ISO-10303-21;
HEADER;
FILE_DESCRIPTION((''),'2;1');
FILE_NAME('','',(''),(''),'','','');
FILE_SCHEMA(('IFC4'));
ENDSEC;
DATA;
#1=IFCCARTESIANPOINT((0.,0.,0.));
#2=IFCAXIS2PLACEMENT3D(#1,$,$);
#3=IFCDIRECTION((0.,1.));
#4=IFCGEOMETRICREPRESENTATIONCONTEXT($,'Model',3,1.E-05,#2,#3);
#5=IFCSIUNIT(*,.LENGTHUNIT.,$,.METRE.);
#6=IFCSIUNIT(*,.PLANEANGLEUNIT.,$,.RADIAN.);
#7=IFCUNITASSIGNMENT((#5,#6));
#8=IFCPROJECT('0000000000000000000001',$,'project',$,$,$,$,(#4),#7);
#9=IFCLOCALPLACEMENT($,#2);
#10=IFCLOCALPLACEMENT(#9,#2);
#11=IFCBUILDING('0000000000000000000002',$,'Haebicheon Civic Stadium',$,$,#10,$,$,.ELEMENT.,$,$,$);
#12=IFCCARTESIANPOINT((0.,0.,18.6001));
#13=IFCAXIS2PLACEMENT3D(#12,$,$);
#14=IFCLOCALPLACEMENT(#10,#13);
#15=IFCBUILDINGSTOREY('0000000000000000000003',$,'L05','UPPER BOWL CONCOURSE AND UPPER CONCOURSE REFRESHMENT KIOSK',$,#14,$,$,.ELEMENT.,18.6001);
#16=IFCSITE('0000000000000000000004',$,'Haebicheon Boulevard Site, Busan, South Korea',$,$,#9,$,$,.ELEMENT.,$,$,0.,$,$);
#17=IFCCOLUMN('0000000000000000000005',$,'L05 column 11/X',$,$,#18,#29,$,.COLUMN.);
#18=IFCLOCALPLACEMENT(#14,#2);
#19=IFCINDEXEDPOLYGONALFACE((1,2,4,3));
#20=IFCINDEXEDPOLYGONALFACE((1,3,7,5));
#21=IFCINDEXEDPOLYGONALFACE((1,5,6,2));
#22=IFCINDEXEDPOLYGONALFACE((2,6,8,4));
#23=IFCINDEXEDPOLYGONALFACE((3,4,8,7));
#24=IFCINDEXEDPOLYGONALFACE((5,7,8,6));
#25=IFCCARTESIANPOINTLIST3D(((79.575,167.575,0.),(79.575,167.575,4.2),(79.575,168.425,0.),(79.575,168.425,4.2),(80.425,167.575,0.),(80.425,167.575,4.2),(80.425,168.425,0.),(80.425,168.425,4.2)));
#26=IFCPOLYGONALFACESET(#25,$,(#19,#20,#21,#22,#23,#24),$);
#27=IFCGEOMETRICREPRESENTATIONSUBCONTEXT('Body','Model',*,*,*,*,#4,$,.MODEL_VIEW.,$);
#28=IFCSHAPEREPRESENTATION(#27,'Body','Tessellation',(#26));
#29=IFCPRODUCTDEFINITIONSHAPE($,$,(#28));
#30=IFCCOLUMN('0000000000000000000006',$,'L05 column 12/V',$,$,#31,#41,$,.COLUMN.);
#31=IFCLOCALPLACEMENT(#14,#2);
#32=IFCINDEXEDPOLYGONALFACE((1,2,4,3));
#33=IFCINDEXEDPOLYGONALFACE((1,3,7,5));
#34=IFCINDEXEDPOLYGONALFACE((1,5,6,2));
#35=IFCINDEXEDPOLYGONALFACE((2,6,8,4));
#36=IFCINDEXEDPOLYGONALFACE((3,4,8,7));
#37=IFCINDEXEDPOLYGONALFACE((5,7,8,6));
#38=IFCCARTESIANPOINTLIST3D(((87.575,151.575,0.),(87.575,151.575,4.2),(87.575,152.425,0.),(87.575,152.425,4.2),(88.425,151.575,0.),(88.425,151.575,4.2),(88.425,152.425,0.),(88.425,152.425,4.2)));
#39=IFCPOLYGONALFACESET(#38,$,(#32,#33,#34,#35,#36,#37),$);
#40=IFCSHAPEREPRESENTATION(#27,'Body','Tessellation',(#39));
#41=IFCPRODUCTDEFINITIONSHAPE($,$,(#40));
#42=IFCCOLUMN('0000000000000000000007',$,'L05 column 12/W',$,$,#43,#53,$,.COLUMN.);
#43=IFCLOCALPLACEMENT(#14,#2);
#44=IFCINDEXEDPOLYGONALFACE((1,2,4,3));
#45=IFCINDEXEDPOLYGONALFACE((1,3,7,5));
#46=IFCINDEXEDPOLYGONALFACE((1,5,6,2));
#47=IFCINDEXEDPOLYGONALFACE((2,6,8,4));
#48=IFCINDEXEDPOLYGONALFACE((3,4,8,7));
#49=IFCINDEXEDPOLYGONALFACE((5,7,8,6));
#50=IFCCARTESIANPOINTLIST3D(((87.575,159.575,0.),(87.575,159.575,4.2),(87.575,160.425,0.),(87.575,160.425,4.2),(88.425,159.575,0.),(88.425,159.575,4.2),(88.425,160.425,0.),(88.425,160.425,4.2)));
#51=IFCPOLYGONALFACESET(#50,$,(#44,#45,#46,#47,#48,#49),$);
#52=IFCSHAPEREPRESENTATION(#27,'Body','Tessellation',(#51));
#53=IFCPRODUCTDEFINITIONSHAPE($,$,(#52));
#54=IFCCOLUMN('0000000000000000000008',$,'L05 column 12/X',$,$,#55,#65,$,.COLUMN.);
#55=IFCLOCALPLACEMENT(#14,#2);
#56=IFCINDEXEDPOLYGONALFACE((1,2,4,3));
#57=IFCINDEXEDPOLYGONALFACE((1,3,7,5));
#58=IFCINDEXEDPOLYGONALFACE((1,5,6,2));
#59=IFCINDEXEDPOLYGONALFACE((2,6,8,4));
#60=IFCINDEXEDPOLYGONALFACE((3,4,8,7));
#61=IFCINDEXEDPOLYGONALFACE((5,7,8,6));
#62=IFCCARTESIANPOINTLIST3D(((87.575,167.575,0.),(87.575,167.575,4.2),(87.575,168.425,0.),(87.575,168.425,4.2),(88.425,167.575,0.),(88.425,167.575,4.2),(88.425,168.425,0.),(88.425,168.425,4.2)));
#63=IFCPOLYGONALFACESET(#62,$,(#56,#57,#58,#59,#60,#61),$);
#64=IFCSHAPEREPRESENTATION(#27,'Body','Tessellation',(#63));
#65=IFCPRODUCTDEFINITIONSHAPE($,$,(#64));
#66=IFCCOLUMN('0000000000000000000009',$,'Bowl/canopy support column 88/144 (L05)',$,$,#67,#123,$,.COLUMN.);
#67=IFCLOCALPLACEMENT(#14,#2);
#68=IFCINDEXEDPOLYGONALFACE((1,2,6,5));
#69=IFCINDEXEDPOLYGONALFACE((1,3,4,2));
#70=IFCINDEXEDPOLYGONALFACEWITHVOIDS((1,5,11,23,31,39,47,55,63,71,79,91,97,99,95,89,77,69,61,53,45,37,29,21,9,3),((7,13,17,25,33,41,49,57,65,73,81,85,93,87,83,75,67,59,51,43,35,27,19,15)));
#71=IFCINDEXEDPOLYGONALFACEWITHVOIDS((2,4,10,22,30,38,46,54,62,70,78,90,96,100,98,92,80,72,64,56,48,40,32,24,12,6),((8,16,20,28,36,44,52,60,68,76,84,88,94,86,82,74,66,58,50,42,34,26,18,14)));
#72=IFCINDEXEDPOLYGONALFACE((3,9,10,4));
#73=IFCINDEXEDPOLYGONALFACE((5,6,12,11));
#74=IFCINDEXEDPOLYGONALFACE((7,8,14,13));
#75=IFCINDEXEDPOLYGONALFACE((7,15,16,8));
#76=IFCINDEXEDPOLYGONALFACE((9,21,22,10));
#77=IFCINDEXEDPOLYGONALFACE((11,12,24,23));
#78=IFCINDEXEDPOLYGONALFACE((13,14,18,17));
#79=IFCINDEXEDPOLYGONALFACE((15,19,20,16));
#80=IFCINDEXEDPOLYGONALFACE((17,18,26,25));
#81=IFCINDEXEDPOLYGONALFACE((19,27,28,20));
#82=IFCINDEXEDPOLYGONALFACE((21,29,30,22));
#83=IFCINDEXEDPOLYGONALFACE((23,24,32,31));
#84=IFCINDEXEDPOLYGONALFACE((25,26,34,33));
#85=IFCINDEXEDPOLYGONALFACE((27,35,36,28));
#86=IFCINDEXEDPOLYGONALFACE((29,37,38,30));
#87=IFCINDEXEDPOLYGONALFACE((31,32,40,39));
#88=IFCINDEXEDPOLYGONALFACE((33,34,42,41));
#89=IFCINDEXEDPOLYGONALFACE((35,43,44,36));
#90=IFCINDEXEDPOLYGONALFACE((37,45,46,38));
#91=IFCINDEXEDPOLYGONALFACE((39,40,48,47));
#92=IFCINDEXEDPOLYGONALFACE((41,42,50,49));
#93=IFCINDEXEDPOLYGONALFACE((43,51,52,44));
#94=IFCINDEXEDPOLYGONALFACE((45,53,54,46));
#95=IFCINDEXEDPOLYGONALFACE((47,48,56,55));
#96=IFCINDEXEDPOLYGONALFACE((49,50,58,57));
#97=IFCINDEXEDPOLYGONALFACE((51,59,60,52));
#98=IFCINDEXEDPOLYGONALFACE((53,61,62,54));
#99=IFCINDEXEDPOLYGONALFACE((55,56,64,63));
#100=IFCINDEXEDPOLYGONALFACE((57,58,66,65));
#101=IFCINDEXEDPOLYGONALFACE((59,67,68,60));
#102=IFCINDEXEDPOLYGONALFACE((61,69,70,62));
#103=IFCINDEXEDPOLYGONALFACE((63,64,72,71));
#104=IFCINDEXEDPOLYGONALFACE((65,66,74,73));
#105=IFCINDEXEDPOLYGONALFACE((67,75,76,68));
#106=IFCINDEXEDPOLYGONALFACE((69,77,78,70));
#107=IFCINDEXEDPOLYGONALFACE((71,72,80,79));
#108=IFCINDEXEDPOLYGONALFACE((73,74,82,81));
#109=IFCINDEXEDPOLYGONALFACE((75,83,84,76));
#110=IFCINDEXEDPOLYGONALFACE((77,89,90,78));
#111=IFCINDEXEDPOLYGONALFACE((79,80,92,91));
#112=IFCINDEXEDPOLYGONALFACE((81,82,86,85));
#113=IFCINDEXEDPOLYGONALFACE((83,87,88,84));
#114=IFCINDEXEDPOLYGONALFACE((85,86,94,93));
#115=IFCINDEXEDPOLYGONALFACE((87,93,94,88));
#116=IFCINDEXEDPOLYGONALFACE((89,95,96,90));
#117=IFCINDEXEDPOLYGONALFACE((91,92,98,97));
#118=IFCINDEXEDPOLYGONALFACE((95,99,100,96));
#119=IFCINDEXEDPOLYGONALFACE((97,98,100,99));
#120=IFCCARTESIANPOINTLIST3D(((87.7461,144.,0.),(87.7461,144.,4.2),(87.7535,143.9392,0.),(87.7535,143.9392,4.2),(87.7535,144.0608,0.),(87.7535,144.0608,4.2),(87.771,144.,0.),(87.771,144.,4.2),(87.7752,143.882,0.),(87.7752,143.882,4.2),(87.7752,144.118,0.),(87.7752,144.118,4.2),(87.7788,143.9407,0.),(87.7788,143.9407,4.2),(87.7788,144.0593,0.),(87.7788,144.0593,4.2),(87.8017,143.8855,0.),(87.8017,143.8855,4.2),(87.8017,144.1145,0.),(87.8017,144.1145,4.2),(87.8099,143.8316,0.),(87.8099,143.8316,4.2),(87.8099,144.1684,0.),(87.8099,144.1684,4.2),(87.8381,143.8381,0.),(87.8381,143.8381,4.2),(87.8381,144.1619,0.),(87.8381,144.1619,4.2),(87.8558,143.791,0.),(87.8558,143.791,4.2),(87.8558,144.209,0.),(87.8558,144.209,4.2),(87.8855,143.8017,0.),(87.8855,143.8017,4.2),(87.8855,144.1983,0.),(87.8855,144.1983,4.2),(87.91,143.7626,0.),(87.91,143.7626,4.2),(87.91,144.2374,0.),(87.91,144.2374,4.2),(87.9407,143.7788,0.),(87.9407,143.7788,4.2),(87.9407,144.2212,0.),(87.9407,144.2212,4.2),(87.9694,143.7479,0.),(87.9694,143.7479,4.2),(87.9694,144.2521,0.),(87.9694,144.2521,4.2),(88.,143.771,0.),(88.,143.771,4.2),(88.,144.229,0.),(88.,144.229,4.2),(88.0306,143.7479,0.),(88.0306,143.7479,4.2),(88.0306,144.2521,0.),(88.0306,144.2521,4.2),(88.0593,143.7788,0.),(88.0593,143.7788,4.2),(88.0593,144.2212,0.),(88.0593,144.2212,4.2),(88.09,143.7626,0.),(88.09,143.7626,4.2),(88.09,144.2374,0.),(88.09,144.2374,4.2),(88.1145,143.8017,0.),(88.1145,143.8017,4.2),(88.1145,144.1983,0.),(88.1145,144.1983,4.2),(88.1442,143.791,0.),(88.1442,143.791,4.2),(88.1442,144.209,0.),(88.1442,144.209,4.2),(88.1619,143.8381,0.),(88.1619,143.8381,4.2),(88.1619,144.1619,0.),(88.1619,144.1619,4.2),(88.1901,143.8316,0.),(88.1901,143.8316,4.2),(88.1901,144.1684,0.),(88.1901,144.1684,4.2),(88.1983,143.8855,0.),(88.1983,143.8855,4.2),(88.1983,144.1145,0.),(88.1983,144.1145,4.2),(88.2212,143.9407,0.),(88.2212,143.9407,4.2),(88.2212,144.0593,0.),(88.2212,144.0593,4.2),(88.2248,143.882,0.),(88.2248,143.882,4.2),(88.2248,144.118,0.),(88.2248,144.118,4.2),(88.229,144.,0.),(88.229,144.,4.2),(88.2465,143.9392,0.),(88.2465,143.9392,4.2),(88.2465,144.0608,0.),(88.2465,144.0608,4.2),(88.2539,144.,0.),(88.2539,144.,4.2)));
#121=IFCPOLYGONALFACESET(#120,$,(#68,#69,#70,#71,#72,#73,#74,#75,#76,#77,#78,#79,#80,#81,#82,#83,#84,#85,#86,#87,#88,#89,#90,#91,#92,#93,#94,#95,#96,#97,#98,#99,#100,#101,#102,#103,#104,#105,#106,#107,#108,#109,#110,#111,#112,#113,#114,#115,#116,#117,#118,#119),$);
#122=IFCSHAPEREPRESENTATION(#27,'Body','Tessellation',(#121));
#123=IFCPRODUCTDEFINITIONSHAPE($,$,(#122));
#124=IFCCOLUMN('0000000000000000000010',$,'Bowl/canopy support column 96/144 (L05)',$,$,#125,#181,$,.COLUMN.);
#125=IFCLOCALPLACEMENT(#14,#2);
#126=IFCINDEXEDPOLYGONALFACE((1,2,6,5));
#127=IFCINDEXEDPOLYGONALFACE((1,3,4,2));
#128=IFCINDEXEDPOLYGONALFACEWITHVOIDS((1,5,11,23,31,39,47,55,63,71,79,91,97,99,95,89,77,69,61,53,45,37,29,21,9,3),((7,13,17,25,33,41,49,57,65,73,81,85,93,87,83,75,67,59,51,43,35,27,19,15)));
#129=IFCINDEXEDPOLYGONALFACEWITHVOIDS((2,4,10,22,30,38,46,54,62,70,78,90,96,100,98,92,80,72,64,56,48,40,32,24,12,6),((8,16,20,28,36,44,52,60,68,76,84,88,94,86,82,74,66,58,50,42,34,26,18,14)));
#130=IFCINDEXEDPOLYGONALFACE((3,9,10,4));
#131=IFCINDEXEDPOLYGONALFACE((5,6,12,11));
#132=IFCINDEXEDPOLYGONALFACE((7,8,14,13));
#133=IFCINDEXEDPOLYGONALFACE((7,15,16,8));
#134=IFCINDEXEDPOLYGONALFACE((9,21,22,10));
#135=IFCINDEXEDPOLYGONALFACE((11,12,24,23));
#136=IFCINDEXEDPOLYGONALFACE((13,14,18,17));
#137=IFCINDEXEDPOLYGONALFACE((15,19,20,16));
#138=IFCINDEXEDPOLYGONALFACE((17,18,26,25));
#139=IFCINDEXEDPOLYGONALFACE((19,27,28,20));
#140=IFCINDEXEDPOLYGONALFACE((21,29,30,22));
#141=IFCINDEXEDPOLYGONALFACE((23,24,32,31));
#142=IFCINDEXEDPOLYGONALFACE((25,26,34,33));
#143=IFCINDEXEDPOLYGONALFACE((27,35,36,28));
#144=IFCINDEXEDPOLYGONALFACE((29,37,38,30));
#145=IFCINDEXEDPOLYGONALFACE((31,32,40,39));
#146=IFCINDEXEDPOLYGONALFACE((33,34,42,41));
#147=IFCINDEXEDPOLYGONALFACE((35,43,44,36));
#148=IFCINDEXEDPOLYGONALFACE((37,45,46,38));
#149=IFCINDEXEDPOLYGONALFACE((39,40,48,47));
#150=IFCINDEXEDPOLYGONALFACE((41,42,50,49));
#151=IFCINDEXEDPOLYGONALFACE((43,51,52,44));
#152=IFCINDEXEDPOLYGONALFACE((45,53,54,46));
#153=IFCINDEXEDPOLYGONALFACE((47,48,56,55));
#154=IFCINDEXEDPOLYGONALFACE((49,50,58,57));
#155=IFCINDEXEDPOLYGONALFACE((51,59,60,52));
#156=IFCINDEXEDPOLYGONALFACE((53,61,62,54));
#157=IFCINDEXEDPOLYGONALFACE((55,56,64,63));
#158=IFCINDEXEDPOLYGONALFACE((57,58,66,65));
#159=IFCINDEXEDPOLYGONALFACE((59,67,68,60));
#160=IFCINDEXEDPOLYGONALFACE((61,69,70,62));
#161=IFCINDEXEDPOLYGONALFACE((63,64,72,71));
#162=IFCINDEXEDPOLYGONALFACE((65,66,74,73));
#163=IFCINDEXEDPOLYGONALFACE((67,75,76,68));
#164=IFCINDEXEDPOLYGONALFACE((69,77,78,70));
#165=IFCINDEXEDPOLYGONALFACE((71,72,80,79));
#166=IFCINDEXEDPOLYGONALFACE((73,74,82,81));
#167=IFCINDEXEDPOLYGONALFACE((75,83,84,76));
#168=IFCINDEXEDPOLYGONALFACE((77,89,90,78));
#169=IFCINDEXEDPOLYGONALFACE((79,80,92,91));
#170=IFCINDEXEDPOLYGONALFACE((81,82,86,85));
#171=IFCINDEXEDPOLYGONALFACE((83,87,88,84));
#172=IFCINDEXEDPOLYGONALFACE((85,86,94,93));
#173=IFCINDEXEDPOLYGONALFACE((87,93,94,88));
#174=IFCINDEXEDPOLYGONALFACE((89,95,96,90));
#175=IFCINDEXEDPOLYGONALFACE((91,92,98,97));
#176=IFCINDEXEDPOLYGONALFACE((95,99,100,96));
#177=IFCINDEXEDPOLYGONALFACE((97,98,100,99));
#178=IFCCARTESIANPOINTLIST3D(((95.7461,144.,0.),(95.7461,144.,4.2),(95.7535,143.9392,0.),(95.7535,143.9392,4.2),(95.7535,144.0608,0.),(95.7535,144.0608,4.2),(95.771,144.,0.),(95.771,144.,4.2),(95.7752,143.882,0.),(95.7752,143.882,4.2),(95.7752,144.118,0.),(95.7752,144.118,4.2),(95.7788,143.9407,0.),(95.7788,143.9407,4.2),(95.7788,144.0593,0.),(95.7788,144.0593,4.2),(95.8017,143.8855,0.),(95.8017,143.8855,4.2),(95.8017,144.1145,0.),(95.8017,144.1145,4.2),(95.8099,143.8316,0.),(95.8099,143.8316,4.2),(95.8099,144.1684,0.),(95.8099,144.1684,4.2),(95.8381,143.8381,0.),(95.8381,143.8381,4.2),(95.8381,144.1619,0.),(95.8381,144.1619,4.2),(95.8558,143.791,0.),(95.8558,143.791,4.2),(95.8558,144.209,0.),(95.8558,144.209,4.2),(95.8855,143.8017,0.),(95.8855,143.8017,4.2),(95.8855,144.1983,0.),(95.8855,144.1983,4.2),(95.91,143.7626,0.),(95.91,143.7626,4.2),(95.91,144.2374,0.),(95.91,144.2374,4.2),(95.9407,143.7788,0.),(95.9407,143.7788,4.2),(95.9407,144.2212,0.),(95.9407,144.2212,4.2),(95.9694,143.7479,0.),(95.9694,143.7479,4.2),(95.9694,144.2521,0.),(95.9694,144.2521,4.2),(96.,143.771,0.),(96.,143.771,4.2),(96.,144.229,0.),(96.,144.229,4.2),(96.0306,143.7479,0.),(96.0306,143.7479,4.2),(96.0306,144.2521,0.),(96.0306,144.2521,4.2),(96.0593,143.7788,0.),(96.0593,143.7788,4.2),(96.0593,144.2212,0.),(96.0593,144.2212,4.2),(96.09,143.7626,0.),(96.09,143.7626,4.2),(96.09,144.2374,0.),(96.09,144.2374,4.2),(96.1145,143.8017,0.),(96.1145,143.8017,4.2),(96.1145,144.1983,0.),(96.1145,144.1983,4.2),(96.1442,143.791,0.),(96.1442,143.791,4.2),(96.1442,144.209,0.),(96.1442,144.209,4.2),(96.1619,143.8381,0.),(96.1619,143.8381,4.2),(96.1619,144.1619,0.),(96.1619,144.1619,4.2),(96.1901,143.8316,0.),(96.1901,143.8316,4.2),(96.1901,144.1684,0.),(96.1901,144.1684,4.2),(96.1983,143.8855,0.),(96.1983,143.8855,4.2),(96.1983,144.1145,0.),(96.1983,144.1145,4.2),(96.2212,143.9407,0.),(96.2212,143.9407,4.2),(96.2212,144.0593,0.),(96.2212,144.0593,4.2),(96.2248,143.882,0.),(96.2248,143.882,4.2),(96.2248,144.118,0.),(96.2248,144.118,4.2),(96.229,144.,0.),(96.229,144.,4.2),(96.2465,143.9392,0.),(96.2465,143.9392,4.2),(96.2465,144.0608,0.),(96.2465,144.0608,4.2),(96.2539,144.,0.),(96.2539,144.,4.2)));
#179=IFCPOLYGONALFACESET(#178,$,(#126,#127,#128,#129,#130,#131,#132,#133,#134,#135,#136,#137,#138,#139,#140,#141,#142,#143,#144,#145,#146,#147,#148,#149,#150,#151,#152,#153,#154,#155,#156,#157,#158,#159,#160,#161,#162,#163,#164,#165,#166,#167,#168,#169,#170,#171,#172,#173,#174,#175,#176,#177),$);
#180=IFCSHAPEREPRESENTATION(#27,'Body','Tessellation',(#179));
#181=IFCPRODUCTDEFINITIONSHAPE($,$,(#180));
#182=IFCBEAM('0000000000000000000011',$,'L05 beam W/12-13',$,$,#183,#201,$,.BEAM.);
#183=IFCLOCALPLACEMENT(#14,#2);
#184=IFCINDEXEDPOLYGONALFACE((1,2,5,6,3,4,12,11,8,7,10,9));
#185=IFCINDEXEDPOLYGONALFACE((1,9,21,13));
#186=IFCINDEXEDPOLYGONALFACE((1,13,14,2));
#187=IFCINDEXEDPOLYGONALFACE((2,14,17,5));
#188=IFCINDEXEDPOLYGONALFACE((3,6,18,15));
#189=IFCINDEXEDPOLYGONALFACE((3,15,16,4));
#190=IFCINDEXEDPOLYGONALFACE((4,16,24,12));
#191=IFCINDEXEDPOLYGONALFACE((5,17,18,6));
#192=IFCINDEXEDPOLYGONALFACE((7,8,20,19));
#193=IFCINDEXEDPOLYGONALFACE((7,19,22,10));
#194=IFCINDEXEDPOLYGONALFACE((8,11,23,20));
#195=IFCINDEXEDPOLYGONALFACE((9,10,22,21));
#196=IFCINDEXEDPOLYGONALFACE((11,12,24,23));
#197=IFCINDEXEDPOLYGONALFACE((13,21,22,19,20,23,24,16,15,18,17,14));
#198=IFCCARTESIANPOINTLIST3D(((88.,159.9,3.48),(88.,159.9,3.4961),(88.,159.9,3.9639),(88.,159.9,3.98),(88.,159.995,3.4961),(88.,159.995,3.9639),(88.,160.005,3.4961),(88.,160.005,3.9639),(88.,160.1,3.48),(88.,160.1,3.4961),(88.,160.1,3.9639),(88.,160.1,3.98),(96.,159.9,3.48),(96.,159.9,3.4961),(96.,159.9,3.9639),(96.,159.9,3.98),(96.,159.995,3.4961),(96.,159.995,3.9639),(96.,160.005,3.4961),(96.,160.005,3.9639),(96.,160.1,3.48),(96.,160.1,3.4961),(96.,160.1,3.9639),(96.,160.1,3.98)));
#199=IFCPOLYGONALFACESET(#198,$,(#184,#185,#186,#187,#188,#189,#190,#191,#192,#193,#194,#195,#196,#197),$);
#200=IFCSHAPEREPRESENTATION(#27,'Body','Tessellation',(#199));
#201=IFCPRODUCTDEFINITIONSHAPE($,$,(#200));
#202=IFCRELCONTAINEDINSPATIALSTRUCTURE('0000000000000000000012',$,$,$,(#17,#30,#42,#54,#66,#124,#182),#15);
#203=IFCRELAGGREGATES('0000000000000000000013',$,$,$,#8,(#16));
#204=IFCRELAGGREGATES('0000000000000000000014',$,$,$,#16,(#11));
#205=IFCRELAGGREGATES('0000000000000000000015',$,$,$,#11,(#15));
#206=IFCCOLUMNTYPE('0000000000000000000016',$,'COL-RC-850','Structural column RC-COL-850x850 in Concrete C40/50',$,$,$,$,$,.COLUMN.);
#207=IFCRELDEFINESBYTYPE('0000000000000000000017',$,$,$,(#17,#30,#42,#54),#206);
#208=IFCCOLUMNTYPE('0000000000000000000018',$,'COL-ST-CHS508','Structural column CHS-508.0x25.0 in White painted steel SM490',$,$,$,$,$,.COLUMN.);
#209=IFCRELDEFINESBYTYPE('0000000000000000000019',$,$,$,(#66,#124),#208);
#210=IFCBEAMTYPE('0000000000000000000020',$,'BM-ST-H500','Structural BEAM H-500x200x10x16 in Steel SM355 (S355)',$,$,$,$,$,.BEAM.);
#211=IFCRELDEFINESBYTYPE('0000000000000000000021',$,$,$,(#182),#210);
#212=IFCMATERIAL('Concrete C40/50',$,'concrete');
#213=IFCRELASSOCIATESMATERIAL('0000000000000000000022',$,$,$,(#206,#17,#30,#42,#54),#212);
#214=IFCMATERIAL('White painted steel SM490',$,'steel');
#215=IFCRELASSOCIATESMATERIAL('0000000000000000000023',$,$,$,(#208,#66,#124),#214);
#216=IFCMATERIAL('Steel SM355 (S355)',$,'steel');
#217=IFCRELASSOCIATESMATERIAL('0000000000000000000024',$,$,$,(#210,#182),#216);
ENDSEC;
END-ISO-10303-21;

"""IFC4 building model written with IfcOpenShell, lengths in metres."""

from ifc_helpers import new_model, si_unit, direction, frame, origin, origin_2d, place, context, subcontext, project, spatial, rectangle, hollow_circle, i_section, extrude, material, material_profile, profile_set, type_object, element, save


model = new_model("IFC4")

# Units and contexts
model_context = context("Model", 3, precision=1e-05, world=origin(), true_north=direction((0.0, 1.0)))
body_context = subcontext(model_context, "Body", "Model", "MODEL_VIEW")
ifc_project = project(units=[si_unit("LENGTHUNIT", "METRE"), si_unit("PLANEANGLEUNIT", "RADIAN")], contexts=[model_context])

# Site, building, storey
site_placement = place(None, origin())
site = spatial("IfcSite", under=ifc_project, at=site_placement, Name="Haebicheon Boulevard Site, Busan, South Korea", CompositionType="ELEMENT", RefElevation=0.0)
building_placement = place(site_placement, origin())
building = spatial("IfcBuilding", under=site, at=building_placement, Name="Haebicheon Civic Stadium", CompositionType="ELEMENT")
storey_placement = place(building_placement, frame((0.0, 0.0, 18.6001)))
storey = spatial("IfcBuildingStorey", under=building, at=storey_placement, Name="L05", Description="UPPER BOWL CONCOURSE AND UPPER CONCOURSE REFRESHMENT KIOSK", CompositionType="ELEMENT", Elevation=18.6001)

# Columns
ifc_material_1 = material(Name="Concrete C40/50", Category="concrete")
ifc_material_profile_1 = material_profile(ifc_material_1, rectangle(XDim=0.8501, YDim=0.8501, at=origin_2d()), Name="RC-COL-850x850")
ifc_profile_set_1 = profile_set([ifc_material_profile_1], Name="Concrete C40/50")
column_type_1 = type_object("IfcColumnType", Name="COL-RC-850", Description="Structural column RC-COL-850x850 in Concrete C40/50", PredefinedType="COLUMN", material=ifc_profile_set_1)
for number, where, z_axis, x_axis, name in (
    (1, (80.0, 168.0, 0.0), (0.0, 0.0, 1.0), (1.0, 0.0, 0.0), "L05 column 11/X"),
    (2, (88.0, 152.0, 0.0), (0.0, 0.0, 1.0), (1.0, 0.0, 0.0), "L05 column 12/V"),
    (3, (88.0, 160.0, 0.0), (0.0, 0.0, 1.0), (1.0, 0.0, 0.0), "L05 column 12/W"),
    (4, (88.0, 168.0, 0.0), (0.0, 0.0, 1.0), (1.0, 0.0, 0.0), "L05 column 12/X"),
):
    element("IfcColumn", number, at=place(storey_placement, frame(where, z_axis=z_axis, x_axis=x_axis)), inside=storey, type_object=column_type_1, material=ifc_profile_set_1, Name=name, PredefinedType="COLUMN", context=body_context, shape_type="SweptSolid", body=[
        extrude(rectangle(XDim=0.8501, YDim=0.8501, at=origin_2d()), origin(), (0.0, 0.0, 1.0), 4.2),
    ])
ifc_material_2 = material(Name="White painted steel SM490", Category="steel")
ifc_material_profile_2 = material_profile(ifc_material_2, hollow_circle(Radius=0.2539, WallThickness=0.0249, at=origin_2d()), Name="CHS-508.0x25.0")
ifc_profile_set_2 = profile_set([ifc_material_profile_2], Name="White painted steel SM490")
column_type_2 = type_object("IfcColumnType", Name="COL-ST-CHS508", Description="Structural column CHS-508.0x25.0 in White painted steel SM490", PredefinedType="COLUMN", material=ifc_profile_set_2)
for number, where, z_axis, x_axis, name in (
    (5, (88.0, 144.0, 0.0), (0.0, 0.0, 1.0), (1.0, 0.0, 0.0), "Bowl/canopy support column 88/144 (L05)"),
    (6, (96.0, 144.0, 0.0), (0.0, 0.0, 1.0), (1.0, 0.0, 0.0), "Bowl/canopy support column 96/144 (L05)"),
):
    element("IfcColumn", number, at=place(storey_placement, frame(where, z_axis=z_axis, x_axis=x_axis)), inside=storey, type_object=column_type_2, material=ifc_profile_set_2, Name=name, PredefinedType="COLUMN", context=body_context, shape_type="SweptSolid", body=[
        extrude(hollow_circle(Radius=0.2539, WallThickness=0.0249, at=origin_2d()), origin(), (0.0, 0.0, 1.0), 4.2),
    ])

# Beam
ifc_material_3 = material(Name="Steel SM355 (S355)", Category="steel")
ifc_material_profile_3 = material_profile(ifc_material_3, i_section(OverallWidth=0.2, OverallDepth=0.5, WebThickness=0.01, FlangeThickness=0.0161, at=origin_2d()), Name="H-500x200x10x16")
ifc_profile_set_3 = profile_set([ifc_material_profile_3], Name="Steel SM355 (S355)")
beam_type_1 = type_object("IfcBeamType", Name="BM-ST-H500", Description="Structural BEAM H-500x200x10x16 in Steel SM355 (S355)", PredefinedType="BEAM", material=ifc_profile_set_3)
for number, where, z_axis, x_axis, name in (
    (7, (88.0, 160.0, 3.73), (1.0, 0.0, 0.0), (0.0, 1.0, 0.0), "L05 beam W/12-13"),
):
    element("IfcBeam", number, at=place(storey_placement, frame(where, z_axis=z_axis, x_axis=x_axis)), inside=storey, type_object=beam_type_1, material=ifc_profile_set_3, Name=name, PredefinedType="BEAM", context=body_context, shape_type="SweptSolid", body=[
        extrude(i_section(OverallWidth=0.2, OverallDepth=0.5, WebThickness=0.01, FlangeThickness=0.0161, at=origin_2d()), origin(), (0.0, 0.0, 1.0), 8.0),
    ])

save(model, "model.ifc")
